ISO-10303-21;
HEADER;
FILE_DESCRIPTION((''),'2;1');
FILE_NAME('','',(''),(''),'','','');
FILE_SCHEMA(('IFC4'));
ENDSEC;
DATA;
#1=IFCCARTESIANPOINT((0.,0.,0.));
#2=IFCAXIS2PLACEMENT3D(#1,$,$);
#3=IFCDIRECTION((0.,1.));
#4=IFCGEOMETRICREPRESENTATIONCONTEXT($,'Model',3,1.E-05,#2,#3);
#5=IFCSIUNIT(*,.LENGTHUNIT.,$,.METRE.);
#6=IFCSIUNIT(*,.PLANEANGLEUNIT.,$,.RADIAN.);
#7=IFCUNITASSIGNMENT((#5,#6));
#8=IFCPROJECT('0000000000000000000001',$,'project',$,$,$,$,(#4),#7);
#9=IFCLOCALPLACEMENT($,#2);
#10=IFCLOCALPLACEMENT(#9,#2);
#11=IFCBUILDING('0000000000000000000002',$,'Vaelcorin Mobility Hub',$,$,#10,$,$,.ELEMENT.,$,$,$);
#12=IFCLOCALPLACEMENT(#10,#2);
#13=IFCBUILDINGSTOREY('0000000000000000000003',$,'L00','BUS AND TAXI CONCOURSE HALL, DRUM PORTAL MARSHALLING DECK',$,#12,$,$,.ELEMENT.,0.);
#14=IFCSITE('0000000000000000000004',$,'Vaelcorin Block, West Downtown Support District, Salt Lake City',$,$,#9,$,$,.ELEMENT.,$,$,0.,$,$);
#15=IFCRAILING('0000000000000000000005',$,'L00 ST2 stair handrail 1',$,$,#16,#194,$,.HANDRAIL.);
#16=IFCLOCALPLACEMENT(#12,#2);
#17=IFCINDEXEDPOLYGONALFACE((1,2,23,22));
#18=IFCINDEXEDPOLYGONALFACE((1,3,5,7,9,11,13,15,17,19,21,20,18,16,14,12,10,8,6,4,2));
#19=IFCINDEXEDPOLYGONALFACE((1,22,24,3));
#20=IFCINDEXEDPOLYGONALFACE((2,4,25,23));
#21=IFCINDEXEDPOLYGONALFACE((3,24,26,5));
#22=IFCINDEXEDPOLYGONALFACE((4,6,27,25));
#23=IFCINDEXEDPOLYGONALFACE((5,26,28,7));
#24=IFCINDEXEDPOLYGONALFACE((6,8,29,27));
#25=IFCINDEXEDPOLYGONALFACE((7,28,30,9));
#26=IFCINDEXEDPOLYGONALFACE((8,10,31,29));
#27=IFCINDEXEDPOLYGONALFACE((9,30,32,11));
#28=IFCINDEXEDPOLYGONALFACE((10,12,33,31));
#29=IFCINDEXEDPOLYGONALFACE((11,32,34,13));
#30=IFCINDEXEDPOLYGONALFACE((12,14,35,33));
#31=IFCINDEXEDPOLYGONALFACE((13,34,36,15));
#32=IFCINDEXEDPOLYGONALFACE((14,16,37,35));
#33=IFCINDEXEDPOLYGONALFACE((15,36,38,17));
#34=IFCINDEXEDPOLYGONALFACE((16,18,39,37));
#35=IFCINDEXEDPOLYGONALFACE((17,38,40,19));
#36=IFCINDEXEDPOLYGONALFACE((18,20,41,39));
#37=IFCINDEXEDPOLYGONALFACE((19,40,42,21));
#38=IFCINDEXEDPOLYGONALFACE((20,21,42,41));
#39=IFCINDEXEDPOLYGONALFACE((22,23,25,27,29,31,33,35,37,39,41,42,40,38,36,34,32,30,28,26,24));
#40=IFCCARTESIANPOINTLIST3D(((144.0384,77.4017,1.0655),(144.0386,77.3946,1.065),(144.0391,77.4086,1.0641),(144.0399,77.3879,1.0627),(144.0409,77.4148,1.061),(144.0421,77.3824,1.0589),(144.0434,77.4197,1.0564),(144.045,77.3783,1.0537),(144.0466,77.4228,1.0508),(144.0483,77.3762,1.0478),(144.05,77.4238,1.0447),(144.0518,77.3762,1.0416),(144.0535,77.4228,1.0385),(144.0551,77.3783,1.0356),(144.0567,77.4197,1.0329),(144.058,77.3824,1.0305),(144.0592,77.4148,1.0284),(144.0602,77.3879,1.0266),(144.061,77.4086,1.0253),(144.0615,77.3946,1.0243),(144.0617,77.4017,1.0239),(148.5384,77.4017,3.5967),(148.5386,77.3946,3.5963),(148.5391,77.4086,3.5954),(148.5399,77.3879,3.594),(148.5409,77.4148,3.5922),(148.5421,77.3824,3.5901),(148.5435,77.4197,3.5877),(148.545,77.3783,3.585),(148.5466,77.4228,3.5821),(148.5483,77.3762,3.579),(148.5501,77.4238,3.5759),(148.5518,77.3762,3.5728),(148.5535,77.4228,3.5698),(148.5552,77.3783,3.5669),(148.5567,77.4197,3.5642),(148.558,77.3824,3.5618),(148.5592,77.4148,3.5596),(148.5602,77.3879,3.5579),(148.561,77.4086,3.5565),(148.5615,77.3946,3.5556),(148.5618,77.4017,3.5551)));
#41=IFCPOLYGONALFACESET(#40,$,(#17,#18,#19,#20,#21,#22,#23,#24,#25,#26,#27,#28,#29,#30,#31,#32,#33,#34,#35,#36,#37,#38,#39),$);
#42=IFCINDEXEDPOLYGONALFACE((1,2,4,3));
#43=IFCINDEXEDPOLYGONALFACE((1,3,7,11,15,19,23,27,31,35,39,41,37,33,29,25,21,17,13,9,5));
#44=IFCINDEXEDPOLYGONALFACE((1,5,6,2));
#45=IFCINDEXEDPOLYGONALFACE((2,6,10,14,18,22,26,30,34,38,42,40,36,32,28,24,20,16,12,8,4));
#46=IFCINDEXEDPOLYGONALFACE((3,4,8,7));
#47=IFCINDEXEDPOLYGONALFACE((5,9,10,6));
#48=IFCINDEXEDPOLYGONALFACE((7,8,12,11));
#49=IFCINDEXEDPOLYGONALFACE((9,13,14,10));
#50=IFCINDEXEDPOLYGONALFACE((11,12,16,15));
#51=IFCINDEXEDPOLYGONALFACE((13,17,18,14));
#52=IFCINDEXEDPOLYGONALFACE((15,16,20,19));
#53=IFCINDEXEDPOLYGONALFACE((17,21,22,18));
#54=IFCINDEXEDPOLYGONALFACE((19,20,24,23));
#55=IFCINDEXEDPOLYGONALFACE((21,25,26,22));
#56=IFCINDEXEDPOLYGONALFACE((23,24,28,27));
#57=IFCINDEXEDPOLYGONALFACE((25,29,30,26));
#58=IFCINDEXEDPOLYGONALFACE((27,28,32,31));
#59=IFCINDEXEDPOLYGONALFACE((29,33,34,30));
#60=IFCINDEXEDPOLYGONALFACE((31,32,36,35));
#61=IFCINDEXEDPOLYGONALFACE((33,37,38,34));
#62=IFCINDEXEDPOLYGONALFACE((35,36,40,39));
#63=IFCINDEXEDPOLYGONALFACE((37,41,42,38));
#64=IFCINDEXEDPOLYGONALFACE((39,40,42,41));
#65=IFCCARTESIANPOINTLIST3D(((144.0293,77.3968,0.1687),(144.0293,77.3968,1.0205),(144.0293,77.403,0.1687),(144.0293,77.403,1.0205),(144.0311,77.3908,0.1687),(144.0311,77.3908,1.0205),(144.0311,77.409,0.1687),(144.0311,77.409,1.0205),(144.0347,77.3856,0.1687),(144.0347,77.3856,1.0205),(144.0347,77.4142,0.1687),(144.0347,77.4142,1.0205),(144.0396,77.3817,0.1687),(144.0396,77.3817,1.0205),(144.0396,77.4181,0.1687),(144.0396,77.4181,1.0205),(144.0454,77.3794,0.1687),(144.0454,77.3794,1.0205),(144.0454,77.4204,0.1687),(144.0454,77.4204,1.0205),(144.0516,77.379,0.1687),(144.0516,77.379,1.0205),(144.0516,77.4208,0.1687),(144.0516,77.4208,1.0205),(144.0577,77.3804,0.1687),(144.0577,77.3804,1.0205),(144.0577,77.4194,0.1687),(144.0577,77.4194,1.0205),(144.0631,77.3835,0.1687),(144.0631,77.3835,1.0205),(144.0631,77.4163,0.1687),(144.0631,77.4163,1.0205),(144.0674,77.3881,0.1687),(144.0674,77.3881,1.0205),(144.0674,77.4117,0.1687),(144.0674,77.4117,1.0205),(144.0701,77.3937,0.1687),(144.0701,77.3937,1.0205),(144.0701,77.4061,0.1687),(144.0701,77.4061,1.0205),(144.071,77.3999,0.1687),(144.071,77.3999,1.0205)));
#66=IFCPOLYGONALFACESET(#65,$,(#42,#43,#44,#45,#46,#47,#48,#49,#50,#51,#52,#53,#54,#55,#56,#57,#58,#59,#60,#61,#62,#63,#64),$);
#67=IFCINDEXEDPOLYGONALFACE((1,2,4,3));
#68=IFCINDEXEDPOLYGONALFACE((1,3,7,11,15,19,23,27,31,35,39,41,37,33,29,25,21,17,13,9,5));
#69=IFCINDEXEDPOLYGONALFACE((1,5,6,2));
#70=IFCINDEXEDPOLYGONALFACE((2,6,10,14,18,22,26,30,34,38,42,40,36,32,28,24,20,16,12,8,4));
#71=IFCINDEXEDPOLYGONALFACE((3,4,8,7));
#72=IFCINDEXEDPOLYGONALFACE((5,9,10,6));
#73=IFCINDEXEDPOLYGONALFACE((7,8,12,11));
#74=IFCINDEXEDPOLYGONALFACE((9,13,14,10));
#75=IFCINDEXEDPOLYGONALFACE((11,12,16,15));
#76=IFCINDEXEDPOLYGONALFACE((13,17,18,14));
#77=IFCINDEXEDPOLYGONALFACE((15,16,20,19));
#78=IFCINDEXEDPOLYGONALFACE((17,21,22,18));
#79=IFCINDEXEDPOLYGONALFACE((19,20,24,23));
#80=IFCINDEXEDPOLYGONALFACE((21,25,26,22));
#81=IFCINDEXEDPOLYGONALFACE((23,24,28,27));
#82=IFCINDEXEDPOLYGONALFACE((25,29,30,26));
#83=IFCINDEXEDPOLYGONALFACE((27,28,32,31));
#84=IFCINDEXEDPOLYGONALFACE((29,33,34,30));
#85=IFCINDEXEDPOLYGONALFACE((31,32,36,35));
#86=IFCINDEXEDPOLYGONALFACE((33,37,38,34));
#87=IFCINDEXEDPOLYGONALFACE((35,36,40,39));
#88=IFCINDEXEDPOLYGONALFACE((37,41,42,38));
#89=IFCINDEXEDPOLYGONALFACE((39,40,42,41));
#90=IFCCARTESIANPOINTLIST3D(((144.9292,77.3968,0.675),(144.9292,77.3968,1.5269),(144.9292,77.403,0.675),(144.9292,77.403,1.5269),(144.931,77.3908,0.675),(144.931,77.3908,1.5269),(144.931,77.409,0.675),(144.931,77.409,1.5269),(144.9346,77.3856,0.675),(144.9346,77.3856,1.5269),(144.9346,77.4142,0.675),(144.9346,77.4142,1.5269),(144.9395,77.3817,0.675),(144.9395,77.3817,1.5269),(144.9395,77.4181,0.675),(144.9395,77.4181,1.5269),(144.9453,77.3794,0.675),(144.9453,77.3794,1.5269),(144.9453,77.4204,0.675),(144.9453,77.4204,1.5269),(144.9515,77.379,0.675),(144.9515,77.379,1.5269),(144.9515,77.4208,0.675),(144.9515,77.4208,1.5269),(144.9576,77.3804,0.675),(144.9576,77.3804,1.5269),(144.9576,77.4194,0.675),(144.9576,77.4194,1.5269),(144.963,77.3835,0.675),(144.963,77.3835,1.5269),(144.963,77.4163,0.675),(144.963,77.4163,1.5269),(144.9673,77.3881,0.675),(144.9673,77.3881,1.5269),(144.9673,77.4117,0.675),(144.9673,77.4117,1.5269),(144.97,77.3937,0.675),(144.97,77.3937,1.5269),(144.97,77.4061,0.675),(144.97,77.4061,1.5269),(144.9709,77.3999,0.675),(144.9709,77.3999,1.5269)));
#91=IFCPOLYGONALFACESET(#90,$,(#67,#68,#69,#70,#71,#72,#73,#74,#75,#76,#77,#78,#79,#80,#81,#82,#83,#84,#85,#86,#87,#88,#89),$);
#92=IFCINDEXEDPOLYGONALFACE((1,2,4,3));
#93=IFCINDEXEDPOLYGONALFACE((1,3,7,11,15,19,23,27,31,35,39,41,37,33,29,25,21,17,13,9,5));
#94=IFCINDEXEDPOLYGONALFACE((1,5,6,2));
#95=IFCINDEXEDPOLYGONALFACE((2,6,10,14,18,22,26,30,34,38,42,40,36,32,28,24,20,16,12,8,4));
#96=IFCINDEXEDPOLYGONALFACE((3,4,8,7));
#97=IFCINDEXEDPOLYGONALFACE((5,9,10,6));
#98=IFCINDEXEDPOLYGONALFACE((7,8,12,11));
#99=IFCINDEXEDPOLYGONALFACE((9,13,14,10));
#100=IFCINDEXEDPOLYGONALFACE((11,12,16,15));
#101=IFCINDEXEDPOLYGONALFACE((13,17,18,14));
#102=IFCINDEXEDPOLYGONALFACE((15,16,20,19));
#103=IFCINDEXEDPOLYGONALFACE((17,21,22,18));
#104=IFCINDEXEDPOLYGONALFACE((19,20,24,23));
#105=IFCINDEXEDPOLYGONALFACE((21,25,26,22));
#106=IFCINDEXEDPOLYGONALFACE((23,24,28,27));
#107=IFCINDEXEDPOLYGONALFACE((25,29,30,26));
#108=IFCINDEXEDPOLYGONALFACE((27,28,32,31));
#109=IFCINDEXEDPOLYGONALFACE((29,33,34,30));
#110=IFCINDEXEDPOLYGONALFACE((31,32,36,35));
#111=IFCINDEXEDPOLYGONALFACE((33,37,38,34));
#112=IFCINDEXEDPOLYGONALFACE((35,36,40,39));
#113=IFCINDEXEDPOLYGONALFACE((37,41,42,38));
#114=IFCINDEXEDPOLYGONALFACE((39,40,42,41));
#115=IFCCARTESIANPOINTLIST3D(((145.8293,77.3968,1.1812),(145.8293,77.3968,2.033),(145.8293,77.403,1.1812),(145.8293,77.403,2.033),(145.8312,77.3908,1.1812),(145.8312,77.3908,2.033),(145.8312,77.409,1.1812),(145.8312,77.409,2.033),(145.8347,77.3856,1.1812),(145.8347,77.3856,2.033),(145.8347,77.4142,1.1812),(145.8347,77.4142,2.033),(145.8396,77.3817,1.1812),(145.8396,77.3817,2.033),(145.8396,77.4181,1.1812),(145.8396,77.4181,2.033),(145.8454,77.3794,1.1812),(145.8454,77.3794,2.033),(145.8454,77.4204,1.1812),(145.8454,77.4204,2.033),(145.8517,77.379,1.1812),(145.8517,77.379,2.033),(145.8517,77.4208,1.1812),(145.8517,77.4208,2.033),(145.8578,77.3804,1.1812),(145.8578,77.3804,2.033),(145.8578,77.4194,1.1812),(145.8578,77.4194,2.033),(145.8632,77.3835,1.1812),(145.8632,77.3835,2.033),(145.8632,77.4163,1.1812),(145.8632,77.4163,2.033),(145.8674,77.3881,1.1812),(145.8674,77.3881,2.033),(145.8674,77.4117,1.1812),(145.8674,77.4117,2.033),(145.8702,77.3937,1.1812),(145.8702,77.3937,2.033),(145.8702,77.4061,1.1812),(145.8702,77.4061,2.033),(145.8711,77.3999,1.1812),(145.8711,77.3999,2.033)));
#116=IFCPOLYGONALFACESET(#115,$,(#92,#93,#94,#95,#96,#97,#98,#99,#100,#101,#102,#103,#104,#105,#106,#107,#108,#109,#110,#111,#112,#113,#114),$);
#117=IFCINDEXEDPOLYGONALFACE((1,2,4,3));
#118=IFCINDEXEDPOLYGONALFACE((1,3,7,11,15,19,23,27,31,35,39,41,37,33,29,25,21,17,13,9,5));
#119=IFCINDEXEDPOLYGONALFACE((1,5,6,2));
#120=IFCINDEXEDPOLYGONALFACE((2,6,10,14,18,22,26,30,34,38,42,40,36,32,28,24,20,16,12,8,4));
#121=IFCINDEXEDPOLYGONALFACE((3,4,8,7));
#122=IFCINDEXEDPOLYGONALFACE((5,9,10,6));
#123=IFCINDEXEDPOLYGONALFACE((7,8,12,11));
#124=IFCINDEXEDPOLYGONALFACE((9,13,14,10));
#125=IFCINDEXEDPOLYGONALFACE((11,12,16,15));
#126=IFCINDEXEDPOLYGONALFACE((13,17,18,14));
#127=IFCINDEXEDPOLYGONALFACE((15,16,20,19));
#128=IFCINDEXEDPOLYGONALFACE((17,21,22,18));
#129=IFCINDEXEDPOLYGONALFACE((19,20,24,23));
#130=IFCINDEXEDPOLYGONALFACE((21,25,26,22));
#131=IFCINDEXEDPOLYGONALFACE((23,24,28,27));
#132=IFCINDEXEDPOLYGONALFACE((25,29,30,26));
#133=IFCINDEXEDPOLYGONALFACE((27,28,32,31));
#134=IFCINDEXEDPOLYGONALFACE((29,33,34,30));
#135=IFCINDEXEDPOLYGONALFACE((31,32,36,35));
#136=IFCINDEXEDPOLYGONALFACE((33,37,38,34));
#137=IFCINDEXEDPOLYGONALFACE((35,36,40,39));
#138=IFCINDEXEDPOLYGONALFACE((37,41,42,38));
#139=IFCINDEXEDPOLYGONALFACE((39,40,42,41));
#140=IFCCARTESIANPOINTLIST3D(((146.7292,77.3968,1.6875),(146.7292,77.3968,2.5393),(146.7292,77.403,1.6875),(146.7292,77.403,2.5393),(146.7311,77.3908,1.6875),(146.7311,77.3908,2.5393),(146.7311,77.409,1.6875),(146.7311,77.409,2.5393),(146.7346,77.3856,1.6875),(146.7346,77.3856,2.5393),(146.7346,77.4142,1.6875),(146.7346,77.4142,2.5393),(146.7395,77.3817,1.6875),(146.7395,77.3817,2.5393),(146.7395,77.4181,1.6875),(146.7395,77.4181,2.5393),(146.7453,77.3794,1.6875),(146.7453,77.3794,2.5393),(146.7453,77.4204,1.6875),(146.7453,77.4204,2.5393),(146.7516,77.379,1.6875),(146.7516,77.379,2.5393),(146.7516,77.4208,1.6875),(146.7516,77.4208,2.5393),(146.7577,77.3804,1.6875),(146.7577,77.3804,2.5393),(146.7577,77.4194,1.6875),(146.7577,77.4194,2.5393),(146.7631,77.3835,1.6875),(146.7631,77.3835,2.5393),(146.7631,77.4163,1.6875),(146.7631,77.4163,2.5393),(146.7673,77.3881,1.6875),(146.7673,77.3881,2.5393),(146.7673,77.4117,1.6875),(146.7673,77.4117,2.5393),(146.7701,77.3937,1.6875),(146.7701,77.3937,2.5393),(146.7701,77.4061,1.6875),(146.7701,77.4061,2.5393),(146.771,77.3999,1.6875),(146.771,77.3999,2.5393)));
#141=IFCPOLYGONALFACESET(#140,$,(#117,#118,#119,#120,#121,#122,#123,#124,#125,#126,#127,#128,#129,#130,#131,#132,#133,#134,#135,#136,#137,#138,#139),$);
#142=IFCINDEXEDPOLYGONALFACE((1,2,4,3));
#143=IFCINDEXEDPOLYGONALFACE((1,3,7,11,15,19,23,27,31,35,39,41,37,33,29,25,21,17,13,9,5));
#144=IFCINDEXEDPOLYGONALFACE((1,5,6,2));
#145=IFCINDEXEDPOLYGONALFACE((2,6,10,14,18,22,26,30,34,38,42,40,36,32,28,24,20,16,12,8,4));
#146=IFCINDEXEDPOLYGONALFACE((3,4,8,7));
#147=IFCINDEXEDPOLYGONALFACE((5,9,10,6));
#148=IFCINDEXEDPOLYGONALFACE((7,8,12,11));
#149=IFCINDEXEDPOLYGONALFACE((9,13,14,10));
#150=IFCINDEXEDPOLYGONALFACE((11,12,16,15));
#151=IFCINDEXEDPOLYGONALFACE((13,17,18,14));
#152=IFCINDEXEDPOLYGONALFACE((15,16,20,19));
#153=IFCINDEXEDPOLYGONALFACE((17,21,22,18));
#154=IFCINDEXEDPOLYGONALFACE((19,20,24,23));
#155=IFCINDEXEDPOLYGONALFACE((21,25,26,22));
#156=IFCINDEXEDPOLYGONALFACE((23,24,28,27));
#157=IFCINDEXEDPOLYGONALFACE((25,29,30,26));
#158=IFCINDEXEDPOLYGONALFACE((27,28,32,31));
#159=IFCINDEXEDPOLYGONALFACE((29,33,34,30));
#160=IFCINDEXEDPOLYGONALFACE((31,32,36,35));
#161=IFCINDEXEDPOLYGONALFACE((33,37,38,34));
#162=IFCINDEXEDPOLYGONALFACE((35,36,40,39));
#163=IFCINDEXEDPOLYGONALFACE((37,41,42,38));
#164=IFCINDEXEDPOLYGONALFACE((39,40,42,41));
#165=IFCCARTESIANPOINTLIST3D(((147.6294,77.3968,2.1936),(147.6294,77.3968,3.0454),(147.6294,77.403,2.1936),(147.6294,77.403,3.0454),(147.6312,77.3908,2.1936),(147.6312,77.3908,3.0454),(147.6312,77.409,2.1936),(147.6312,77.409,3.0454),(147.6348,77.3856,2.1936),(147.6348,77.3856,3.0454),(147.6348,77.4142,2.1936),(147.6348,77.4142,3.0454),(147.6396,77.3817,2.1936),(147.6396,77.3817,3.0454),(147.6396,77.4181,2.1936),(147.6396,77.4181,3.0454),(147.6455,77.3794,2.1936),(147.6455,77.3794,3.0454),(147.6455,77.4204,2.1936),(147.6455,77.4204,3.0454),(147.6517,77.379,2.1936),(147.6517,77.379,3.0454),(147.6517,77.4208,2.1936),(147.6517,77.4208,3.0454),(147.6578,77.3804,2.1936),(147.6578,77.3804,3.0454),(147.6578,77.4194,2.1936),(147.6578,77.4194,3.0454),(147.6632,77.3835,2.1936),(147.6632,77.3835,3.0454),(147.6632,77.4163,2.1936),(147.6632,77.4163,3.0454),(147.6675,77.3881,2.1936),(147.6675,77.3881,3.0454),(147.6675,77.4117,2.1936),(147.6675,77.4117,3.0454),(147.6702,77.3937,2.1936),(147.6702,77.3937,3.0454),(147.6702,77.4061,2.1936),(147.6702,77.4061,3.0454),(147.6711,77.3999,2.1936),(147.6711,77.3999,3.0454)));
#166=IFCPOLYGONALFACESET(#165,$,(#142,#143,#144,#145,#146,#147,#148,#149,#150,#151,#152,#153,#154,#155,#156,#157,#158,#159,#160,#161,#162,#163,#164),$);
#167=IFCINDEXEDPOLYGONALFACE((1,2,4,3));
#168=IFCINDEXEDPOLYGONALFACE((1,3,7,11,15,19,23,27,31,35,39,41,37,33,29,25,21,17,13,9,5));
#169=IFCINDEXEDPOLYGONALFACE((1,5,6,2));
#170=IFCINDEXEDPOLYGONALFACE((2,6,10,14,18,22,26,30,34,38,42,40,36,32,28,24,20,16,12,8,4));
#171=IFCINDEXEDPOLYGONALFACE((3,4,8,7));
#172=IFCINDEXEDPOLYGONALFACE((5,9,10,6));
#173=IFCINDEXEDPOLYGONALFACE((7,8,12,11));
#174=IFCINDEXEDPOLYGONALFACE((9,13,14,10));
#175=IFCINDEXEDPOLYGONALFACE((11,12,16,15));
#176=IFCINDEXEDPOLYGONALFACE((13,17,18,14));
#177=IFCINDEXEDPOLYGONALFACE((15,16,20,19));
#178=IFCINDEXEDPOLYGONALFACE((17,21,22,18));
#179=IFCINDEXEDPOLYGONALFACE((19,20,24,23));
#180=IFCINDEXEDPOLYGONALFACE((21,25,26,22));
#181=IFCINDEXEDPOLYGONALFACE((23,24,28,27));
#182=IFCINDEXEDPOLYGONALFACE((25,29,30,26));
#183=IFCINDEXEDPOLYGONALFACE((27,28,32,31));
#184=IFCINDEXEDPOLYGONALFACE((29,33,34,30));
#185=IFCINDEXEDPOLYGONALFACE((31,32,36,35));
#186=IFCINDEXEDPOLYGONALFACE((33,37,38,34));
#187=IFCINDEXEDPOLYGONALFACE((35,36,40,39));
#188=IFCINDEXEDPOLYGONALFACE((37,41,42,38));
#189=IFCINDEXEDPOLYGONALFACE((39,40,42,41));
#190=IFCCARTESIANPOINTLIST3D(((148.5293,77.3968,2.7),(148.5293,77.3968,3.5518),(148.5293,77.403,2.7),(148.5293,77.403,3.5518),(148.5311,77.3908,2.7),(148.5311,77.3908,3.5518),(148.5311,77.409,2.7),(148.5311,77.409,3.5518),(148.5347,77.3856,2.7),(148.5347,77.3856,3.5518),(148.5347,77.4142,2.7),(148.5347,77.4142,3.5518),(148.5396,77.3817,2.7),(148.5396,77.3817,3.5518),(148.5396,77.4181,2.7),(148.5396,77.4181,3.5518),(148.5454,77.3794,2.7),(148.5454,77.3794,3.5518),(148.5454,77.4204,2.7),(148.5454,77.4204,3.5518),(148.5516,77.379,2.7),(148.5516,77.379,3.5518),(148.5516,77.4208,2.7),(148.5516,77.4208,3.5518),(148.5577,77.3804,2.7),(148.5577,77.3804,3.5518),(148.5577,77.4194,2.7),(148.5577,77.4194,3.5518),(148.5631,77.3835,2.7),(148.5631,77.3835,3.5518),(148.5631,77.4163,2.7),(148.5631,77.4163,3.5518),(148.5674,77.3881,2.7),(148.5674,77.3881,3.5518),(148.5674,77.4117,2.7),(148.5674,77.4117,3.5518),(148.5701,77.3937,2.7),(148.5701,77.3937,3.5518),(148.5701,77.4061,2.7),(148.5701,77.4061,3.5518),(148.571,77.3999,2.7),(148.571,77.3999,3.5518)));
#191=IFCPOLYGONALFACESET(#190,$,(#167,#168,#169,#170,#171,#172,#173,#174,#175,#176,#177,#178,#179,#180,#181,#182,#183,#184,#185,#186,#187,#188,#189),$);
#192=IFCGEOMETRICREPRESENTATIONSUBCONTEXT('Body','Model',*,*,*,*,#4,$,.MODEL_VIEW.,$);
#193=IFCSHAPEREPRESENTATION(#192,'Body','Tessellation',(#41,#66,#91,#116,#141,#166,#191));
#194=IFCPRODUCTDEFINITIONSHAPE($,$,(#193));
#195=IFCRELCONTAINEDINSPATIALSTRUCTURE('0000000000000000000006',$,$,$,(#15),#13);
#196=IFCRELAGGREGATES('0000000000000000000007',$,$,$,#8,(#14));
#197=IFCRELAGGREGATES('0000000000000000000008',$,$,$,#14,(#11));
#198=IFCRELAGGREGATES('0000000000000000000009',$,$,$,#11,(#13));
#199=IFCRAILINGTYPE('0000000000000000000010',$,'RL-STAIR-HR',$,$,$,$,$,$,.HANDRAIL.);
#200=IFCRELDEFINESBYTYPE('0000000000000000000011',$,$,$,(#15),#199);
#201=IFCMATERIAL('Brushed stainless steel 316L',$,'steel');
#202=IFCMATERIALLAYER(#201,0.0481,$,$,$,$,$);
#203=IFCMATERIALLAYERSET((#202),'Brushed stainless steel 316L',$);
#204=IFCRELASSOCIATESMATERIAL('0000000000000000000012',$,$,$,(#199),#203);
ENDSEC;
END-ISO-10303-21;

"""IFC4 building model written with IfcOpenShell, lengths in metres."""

from ifc_helpers import new_model, si_unit, direction, frame, origin, origin_2d, place, context, subcontext, project, spatial, circle, extrude, material, layer, layer_set, type_object, element, save


model = new_model("IFC4")

# Units and contexts
model_context = context("Model", 3, precision=1e-05, world=origin(), true_north=direction((0.0, 1.0)))
body_context = subcontext(model_context, "Body", "Model", "MODEL_VIEW")
ifc_project = project(units=[si_unit("LENGTHUNIT", "METRE"), si_unit("PLANEANGLEUNIT", "RADIAN")], contexts=[model_context])

# Site, building, storey
site_placement = place(None, origin())
site = spatial("IfcSite", under=ifc_project, at=site_placement, Name="Vaelcorin Block, West Downtown Support District, Salt Lake City", CompositionType="ELEMENT", RefElevation=0.0)
building_placement = place(site_placement, origin())
building = spatial("IfcBuilding", under=site, at=building_placement, Name="Vaelcorin Mobility Hub", CompositionType="ELEMENT")
storey_placement = place(building_placement, origin())
storey = spatial("IfcBuildingStorey", under=building, at=storey_placement, Name="L00", Description="BUS AND TAXI CONCOURSE HALL, DRUM PORTAL MARSHALLING DECK", CompositionType="ELEMENT", Elevation=0.0)

# Railing
ifc_material_1 = material(Name="Brushed stainless steel 316L", Category="steel")
ifc_layer_1 = layer(ifc_material_1, 0.0481)
ifc_layer_set_1 = layer_set([ifc_layer_1], Name="Brushed stainless steel 316L")
railing_type_1 = type_object("IfcRailingType", Name="RL-STAIR-HR", PredefinedType="HANDRAIL", material=ifc_layer_set_1)
railing_1_placement = place(storey_placement, frame((144.05, 77.3999, 0.1687)))
element("IfcRailing", 1, at=railing_1_placement, inside=storey, type_object=railing_type_1, Name="L00 ST2 stair handrail 1", PredefinedType="HANDRAIL", context=body_context, shape_type="SweptSolid", body=[
    extrude(circle(Radius=0.0239, at=origin_2d()), frame((0.0, 0.0, 0.876), z_axis=(0.871576, 0.0, 0.490261), x_axis=(0.0, 1.0, 0.0)), (0.0, 0.0, 1.0), 5.1631),
    extrude(circle(Radius=0.021, at=origin_2d()), origin(), (0.0, 0.0, 1.0), 0.8518),
    extrude(circle(Radius=0.021, at=origin_2d()), frame((0.8999, 0.0, 0.5063)), (0.0, 0.0, 1.0), 0.8518),
    extrude(circle(Radius=0.021, at=origin_2d()), frame((1.8, 0.0, 1.0125)), (0.0, 0.0, 1.0), 0.8518),
    extrude(circle(Radius=0.021, at=origin_2d()), frame((2.7, 0.0, 1.5188)), (0.0, 0.0, 1.0), 0.8518),
    extrude(circle(Radius=0.021, at=origin_2d()), frame((3.6001, 0.0, 2.0249)), (0.0, 0.0, 1.0), 0.8518),
    extrude(circle(Radius=0.021, at=origin_2d()), frame((4.5, 0.0, 2.5312)), (0.0, 0.0, 1.0), 0.8518),
])

save(model, "model.ifc")
